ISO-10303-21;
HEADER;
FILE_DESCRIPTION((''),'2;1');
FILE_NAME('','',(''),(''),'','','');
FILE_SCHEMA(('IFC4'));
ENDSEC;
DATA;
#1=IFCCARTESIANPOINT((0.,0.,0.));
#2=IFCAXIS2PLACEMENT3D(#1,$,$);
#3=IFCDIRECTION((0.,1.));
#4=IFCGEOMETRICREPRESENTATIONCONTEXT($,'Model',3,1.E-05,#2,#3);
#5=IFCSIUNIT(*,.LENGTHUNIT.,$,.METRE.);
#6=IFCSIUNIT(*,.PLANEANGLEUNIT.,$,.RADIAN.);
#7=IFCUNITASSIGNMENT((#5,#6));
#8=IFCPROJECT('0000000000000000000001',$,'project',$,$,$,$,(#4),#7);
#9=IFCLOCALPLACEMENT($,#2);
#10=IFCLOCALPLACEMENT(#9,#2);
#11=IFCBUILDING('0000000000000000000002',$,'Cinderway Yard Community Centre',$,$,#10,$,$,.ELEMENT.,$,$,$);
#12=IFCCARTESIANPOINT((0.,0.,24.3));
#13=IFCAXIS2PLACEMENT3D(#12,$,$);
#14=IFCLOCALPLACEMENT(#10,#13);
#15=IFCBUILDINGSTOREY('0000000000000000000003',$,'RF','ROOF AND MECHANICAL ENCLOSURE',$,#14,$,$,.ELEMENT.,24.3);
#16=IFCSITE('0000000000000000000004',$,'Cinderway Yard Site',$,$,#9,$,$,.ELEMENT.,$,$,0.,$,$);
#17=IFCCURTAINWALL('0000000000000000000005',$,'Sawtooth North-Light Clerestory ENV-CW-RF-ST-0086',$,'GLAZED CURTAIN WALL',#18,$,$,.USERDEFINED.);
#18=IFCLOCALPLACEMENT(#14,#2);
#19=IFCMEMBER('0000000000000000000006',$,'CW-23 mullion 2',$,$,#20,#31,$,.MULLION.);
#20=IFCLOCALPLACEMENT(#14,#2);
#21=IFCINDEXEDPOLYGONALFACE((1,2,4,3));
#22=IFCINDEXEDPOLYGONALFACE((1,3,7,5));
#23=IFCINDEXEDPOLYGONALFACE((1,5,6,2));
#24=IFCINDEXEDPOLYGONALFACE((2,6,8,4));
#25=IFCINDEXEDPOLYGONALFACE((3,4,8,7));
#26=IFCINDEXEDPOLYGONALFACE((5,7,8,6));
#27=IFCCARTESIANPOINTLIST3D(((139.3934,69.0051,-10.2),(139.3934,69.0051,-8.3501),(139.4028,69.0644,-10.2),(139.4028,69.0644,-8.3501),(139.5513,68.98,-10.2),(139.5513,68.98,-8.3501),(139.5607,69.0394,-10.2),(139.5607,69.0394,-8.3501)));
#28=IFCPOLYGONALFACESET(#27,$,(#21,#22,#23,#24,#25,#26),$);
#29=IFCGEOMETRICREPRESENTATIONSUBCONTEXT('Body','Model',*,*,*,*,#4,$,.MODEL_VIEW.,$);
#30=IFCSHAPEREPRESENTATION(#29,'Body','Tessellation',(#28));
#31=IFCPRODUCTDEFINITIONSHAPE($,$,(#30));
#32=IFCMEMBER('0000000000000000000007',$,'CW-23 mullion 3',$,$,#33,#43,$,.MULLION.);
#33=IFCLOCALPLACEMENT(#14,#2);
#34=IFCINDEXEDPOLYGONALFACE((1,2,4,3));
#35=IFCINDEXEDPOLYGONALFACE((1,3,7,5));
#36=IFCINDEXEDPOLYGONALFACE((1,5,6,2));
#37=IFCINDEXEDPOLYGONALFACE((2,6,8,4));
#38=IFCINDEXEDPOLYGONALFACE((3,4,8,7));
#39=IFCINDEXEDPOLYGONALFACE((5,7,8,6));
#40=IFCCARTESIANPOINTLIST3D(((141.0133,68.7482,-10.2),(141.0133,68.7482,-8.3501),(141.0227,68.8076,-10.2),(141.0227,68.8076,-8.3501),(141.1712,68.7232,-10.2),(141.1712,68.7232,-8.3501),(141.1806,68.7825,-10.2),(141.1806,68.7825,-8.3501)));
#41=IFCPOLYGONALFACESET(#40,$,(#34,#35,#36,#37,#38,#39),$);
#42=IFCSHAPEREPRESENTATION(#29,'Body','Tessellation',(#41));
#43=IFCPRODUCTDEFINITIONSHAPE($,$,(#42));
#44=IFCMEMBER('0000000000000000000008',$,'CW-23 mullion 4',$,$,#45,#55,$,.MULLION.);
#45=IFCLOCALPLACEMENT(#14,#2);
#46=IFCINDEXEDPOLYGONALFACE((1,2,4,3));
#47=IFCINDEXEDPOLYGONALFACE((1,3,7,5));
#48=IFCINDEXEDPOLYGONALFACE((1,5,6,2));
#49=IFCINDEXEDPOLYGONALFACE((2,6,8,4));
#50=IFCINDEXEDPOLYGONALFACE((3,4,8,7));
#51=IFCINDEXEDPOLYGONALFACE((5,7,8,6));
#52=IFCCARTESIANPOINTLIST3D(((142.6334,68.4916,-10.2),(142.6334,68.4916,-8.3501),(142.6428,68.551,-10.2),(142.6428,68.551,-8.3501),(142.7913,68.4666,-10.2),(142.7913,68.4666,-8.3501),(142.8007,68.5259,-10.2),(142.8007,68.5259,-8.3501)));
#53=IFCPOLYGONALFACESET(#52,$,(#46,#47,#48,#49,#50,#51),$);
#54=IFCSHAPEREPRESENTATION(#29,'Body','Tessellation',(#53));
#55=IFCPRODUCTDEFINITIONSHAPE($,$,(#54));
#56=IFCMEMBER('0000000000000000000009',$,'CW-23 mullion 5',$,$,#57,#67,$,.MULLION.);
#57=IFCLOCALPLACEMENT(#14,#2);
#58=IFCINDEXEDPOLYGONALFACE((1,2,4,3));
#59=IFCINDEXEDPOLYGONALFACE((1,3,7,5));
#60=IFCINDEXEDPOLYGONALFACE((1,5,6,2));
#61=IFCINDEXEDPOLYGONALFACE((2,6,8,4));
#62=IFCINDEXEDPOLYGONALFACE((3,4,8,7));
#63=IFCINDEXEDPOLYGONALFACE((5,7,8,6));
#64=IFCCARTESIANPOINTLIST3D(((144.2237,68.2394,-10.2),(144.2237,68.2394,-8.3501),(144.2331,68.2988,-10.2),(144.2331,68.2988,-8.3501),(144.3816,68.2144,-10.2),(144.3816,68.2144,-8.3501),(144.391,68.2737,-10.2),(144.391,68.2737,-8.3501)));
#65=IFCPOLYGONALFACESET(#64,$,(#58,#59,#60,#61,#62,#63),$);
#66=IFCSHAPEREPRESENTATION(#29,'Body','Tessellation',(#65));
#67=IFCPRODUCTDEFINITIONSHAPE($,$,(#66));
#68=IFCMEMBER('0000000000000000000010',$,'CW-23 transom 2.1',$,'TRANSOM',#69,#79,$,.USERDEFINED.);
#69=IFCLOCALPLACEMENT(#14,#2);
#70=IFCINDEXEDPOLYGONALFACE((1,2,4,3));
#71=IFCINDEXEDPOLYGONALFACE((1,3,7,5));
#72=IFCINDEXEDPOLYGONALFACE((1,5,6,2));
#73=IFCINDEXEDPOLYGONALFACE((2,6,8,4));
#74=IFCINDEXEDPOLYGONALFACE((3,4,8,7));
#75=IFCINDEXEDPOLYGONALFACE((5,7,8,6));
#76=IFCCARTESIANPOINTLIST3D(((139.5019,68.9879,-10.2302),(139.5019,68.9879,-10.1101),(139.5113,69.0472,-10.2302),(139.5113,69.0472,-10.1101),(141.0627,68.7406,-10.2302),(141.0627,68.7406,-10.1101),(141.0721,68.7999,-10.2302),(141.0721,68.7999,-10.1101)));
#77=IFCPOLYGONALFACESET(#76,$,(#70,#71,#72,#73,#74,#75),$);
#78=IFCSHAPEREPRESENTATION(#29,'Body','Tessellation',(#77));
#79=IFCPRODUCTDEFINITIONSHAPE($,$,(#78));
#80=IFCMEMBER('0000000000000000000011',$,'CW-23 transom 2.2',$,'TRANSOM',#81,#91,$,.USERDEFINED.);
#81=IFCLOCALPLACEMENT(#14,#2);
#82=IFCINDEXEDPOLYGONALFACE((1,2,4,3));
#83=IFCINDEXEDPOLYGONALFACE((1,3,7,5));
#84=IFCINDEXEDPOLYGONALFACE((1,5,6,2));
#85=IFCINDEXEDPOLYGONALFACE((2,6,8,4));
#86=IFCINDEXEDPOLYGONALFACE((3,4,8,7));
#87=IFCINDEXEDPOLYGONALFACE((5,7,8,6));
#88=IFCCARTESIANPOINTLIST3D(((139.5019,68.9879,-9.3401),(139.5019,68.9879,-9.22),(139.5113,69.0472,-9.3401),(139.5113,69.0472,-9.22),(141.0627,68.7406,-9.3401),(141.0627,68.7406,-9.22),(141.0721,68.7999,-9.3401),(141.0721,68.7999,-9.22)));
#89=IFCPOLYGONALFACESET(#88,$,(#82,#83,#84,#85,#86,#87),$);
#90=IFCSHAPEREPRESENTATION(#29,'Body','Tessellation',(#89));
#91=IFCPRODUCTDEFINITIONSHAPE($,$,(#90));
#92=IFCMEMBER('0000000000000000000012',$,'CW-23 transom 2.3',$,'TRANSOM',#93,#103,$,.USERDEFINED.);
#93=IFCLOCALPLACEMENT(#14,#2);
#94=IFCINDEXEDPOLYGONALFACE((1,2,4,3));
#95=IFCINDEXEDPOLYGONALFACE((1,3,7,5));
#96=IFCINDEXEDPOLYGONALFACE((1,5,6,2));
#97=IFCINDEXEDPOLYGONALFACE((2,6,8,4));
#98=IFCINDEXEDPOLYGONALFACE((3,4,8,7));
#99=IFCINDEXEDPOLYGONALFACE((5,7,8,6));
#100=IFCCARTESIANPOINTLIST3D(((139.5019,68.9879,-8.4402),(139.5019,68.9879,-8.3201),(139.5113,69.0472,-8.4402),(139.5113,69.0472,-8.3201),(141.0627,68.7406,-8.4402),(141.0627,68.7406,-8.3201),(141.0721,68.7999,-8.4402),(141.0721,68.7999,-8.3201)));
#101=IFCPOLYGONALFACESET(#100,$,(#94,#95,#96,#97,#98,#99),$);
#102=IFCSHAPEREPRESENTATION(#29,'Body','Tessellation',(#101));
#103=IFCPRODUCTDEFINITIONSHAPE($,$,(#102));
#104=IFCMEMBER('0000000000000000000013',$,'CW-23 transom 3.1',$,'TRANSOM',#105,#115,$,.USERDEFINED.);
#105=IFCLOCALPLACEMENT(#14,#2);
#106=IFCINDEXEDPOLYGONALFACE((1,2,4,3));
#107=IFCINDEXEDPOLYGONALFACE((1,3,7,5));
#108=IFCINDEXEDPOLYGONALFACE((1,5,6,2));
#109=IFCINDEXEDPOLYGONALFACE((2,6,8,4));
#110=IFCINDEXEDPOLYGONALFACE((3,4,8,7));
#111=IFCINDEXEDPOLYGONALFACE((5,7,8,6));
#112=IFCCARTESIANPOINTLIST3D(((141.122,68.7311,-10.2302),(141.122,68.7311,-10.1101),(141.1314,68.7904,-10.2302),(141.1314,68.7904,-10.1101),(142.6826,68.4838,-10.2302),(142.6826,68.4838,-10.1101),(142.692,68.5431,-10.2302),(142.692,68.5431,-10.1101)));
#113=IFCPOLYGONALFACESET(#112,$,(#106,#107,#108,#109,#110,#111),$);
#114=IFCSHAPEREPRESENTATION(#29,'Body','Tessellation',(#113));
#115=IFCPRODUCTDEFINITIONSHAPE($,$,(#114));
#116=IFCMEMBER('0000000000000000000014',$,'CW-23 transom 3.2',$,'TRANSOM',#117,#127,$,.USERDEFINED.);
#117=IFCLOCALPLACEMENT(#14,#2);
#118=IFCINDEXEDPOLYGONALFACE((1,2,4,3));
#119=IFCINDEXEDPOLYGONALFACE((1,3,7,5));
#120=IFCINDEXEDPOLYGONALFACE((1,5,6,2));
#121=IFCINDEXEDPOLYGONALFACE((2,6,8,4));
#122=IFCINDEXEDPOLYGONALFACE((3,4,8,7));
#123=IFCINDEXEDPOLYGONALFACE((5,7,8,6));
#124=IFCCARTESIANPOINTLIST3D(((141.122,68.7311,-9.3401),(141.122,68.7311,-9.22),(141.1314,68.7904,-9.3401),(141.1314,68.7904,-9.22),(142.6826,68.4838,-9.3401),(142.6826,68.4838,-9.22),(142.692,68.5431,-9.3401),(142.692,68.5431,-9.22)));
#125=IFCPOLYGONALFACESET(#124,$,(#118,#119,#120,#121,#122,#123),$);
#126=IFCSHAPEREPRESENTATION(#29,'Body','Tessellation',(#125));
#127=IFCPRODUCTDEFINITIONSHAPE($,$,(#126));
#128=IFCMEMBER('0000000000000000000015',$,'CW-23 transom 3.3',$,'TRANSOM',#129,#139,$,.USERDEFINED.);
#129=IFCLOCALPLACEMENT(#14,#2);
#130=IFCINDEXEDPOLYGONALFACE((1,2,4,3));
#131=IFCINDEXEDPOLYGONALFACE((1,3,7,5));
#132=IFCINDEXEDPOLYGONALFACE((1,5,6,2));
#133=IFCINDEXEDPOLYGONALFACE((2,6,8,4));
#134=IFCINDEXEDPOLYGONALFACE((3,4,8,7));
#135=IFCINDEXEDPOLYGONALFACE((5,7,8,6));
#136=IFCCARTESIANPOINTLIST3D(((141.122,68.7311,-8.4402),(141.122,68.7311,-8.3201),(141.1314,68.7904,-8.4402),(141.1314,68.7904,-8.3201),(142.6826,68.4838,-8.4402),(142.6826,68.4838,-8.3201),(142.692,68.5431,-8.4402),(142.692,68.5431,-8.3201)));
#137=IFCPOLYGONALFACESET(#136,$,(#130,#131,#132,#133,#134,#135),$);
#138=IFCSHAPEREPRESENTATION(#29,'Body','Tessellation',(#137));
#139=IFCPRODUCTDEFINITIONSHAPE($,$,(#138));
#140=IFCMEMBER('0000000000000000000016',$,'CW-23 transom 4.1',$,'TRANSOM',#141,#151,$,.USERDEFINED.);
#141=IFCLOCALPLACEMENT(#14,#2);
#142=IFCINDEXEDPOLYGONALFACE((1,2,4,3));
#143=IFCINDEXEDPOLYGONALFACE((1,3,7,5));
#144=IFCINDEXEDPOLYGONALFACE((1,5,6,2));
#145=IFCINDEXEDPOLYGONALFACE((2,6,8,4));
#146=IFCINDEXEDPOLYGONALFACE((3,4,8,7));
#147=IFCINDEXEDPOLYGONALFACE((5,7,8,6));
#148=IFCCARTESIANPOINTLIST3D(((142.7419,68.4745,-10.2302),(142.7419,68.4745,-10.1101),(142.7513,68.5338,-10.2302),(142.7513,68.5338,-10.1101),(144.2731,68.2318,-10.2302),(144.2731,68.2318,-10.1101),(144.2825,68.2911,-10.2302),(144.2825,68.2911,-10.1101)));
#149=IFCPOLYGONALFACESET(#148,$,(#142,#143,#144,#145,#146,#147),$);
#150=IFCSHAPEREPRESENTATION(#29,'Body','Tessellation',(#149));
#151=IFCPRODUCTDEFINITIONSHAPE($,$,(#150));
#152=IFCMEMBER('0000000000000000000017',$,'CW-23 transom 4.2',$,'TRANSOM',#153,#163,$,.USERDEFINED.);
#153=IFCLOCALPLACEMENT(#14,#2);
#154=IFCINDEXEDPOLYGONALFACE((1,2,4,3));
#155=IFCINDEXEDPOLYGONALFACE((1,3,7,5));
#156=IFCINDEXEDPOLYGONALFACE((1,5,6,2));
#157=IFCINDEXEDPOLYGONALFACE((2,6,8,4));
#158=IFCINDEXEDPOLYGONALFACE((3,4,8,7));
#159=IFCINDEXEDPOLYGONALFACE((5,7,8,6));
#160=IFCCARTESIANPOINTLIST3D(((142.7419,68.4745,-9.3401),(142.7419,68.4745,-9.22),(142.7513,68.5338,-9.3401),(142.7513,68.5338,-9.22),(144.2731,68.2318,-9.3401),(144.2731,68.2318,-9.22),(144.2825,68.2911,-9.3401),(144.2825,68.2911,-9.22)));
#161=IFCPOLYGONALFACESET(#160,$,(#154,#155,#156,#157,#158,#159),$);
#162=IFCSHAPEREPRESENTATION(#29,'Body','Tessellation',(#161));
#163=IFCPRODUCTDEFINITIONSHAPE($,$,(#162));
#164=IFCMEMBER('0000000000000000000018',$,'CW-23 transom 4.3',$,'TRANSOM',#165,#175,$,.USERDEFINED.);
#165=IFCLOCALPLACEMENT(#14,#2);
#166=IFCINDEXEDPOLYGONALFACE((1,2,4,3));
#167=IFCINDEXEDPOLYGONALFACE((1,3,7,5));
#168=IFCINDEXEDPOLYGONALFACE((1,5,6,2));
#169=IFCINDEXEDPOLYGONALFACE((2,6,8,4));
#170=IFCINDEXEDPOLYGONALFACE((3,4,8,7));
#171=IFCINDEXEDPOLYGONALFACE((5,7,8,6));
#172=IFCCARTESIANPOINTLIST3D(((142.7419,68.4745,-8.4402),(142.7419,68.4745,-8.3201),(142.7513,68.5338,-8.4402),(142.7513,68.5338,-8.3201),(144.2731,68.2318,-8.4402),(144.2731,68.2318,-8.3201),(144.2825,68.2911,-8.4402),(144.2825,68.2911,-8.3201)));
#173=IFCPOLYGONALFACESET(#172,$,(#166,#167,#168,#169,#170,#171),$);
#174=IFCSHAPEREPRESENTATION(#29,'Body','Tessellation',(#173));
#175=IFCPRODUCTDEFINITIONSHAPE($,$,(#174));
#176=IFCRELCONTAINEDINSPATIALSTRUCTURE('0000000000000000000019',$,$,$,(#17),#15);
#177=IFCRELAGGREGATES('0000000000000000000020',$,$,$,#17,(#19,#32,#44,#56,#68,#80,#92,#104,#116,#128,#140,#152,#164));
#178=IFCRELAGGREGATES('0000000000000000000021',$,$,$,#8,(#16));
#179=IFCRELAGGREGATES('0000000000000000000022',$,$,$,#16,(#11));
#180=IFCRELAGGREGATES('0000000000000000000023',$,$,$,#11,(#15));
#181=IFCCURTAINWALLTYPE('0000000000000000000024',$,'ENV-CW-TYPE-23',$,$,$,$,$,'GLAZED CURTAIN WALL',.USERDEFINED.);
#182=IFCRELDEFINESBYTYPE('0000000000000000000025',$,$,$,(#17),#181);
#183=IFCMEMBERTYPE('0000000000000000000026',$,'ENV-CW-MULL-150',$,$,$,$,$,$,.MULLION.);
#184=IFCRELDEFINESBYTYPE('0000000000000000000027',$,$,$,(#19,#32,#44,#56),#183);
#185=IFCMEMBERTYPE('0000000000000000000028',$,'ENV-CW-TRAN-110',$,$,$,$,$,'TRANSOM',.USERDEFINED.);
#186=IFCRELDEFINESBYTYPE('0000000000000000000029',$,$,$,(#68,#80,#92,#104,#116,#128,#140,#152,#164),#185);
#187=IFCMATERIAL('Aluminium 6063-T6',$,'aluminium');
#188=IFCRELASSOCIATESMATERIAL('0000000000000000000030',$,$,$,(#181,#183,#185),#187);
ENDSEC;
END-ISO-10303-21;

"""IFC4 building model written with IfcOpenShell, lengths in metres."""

from ifc_helpers import new_model, si_unit, direction, frame, origin, origin_2d, place, context, subcontext, project, spatial, rectangle, extrude, material, material_profile, profile_set, type_object, element, aggregate, save


model = new_model("IFC4")

# Units and contexts
model_context = context("Model", 3, precision=1e-05, world=origin(), true_north=direction((0.0, 1.0)))
body_context = subcontext(model_context, "Body", "Model", "MODEL_VIEW")
ifc_project = project(units=[si_unit("LENGTHUNIT", "METRE"), si_unit("PLANEANGLEUNIT", "RADIAN")], contexts=[model_context])

# Site, building, storey
site_placement = place(None, origin())
site = spatial("IfcSite", under=ifc_project, at=site_placement, Name="Cinderway Yard Site", CompositionType="ELEMENT", RefElevation=0.0)
building_placement = place(site_placement, origin())
building = spatial("IfcBuilding", under=site, at=building_placement, Name="Cinderway Yard Community Centre", CompositionType="ELEMENT")
storey_placement = place(building_placement, frame((0.0, 0.0, 24.3)))
storey = spatial("IfcBuildingStorey", under=building, at=storey_placement, Name="RF", Description="ROOF AND MECHANICAL ENCLOSURE", CompositionType="ELEMENT", Elevation=24.3)

# Curtain wall, members
ifc_material_1 = material(Name="Aluminium 6063-T6", Category="aluminium")
curtain_wall_type = type_object("IfcCurtainWallType", Name="ENV-CW-TYPE-23", ElementType="GLAZED CURTAIN WALL", PredefinedType="USERDEFINED", material=ifc_material_1)
curtain_wall_placement = place(storey_placement, origin())
curtain_wall = element("IfcCurtainWall", 1, at=curtain_wall_placement, inside=storey, type_object=curtain_wall_type, Name="Sawtooth North-Light Clerestory ENV-CW-RF-ST-0086", ObjectType="GLAZED CURTAIN WALL", PredefinedType="USERDEFINED")
ifc_material_profile_1 = material_profile(ifc_material_1, rectangle(XDim=0.0601, YDim=0.1599, at=origin_2d()), Name="Aluminium 6063-T6")
ifc_profile_set_1 = profile_set([ifc_material_profile_1], Name="Aluminium 6063-T6")
member_type_1 = type_object("IfcMemberType", Name="ENV-CW-MULL-150", PredefinedType="MULLION", material=ifc_profile_set_1)
member_1_placement = place(storey_placement, frame((139.4771, 69.0222, -10.2), z_axis=(0.0, 0.0, 1.0), x_axis=(0.156534, 0.987673, 0.0)))
member_1 = element("IfcMember", 2, at=member_1_placement, type_object=member_type_1, Name="CW-23 mullion 2", PredefinedType="MULLION", context=body_context, shape_type="SweptSolid", body=[
    extrude(rectangle(XDim=0.0601, YDim=0.1599, at=origin_2d()), origin(), (0.0, 0.0, 1.0), 1.8499),
])
member_2_placement = place(storey_placement, frame((141.0969, 68.7654, -10.2), z_axis=(0.0, 0.0, 1.0), x_axis=(0.156534, 0.987673, 0.0)))
member_2 = element("IfcMember", 3, at=member_2_placement, type_object=member_type_1, Name="CW-23 mullion 3", PredefinedType="MULLION", context=body_context, shape_type="SweptSolid", body=[
    extrude(rectangle(XDim=0.0601, YDim=0.1599, at=origin_2d()), origin(), (0.0, 0.0, 1.0), 1.8499),
])
member_3_placement = place(storey_placement, frame((142.717, 68.5088, -10.2), z_axis=(0.0, 0.0, 1.0), x_axis=(0.156534, 0.987673, 0.0)))
member_3 = element("IfcMember", 4, at=member_3_placement, type_object=member_type_1, Name="CW-23 mullion 4", PredefinedType="MULLION", context=body_context, shape_type="SweptSolid", body=[
    extrude(rectangle(XDim=0.0601, YDim=0.1599, at=origin_2d()), origin(), (0.0, 0.0, 1.0), 1.8499),
])
member_4_placement = place(storey_placement, frame((144.3074, 68.2566, -10.2), z_axis=(0.0, 0.0, 1.0), x_axis=(0.156534, 0.987673, 0.0)))
member_4 = element("IfcMember", 5, at=member_4_placement, type_object=member_type_1, Name="CW-23 mullion 5", PredefinedType="MULLION", context=body_context, shape_type="SweptSolid", body=[
    extrude(rectangle(XDim=0.0601, YDim=0.1599, at=origin_2d()), origin(), (0.0, 0.0, 1.0), 1.8499),
])
ifc_material_profile_2 = material_profile(ifc_material_1, rectangle(XDim=0.0601, YDim=0.1201, at=origin_2d()), Name="Aluminium 6063-T6")
ifc_profile_set_2 = profile_set([ifc_material_profile_2], Name="Aluminium 6063-T6")
member_type_2 = type_object("IfcMemberType", Name="ENV-CW-TRAN-110", ElementType="TRANSOM", PredefinedType="USERDEFINED", material=ifc_profile_set_2)
member_5_placement = place(storey_placement, frame((139.5066, 69.0176, -10.1702), z_axis=(0.987678, -0.156502, 0.0), x_axis=(0.156502, 0.987678, 0.0)))
member_5 = element("IfcMember", 6, at=member_5_placement, type_object=member_type_2, Name="CW-23 transom 2.1", ObjectType="TRANSOM", PredefinedType="USERDEFINED", context=body_context, shape_type="SweptSolid", body=[
    extrude(rectangle(XDim=0.0601, YDim=0.1201, at=origin_2d()), origin(), (0.0, 0.0, 1.0), 1.5803),
])
member_6_placement = place(storey_placement, frame((139.5066, 69.0176, -9.28), z_axis=(0.987678, -0.156502, 0.0), x_axis=(0.156502, 0.987678, 0.0)))
member_6 = element("IfcMember", 7, at=member_6_placement, type_object=member_type_2, Name="CW-23 transom 2.2", ObjectType="TRANSOM", PredefinedType="USERDEFINED", context=body_context, shape_type="SweptSolid", body=[
    extrude(rectangle(XDim=0.0601, YDim=0.1201, at=origin_2d()), origin(), (0.0, 0.0, 1.0), 1.5803),
])
member_7_placement = place(storey_placement, frame((139.5066, 69.0176, -8.3801), z_axis=(0.987678, -0.156502, 0.0), x_axis=(0.156502, 0.987678, 0.0)))
member_7 = element("IfcMember", 8, at=member_7_placement, type_object=member_type_2, Name="CW-23 transom 2.3", ObjectType="TRANSOM", PredefinedType="USERDEFINED", context=body_context, shape_type="SweptSolid", body=[
    extrude(rectangle(XDim=0.0601, YDim=0.1201, at=origin_2d()), origin(), (0.0, 0.0, 1.0), 1.5803),
])
member_8_placement = place(storey_placement, frame((141.1267, 68.7607, -10.1702), z_axis=(0.987674, -0.156526, 0.0), x_axis=(0.156526, 0.987674, 0.0)))
member_8 = element("IfcMember", 9, at=member_8_placement, type_object=member_type_2, Name="CW-23 transom 3.1", ObjectType="TRANSOM", PredefinedType="USERDEFINED", context=body_context, shape_type="SweptSolid", body=[
    extrude(rectangle(XDim=0.0601, YDim=0.1201, at=origin_2d()), origin(), (0.0, 0.0, 1.0), 1.5801),
])
member_9_placement = place(storey_placement, frame((141.1267, 68.7607, -9.28), z_axis=(0.987674, -0.156526, 0.0), x_axis=(0.156526, 0.987674, 0.0)))
member_9 = element("IfcMember", 10, at=member_9_placement, type_object=member_type_2, Name="CW-23 transom 3.2", ObjectType="TRANSOM", PredefinedType="USERDEFINED", context=body_context, shape_type="SweptSolid", body=[
    extrude(rectangle(XDim=0.0601, YDim=0.1201, at=origin_2d()), origin(), (0.0, 0.0, 1.0), 1.5801),
])
member_10_placement = place(storey_placement, frame((141.1267, 68.7607, -8.3801), z_axis=(0.987674, -0.156526, 0.0), x_axis=(0.156526, 0.987674, 0.0)))
member_10 = element("IfcMember", 11, at=member_10_placement, type_object=member_type_2, Name="CW-23 transom 3.3", ObjectType="TRANSOM", PredefinedType="USERDEFINED", context=body_context, shape_type="SweptSolid", body=[
    extrude(rectangle(XDim=0.0601, YDim=0.1201, at=origin_2d()), origin(), (0.0, 0.0, 1.0), 1.5801),
])
member_11_placement = place(storey_placement, frame((142.7466, 68.5042, -10.1702), z_axis=(0.987673, -0.156529, 0.0), x_axis=(0.156529, 0.987673, 0.0)))
member_11 = element("IfcMember", 12, at=member_11_placement, type_object=member_type_2, Name="CW-23 transom 4.1", ObjectType="TRANSOM", PredefinedType="USERDEFINED", context=body_context, shape_type="SweptSolid", body=[
    extrude(rectangle(XDim=0.0601, YDim=0.1201, at=origin_2d()), origin(), (0.0, 0.0, 1.0), 1.5503),
])
member_12_placement = place(storey_placement, frame((142.7466, 68.5042, -9.28), z_axis=(0.987673, -0.156529, 0.0), x_axis=(0.156529, 0.987673, 0.0)))
member_12 = element("IfcMember", 13, at=member_12_placement, type_object=member_type_2, Name="CW-23 transom 4.2", ObjectType="TRANSOM", PredefinedType="USERDEFINED", context=body_context, shape_type="SweptSolid", body=[
    extrude(rectangle(XDim=0.0601, YDim=0.1201, at=origin_2d()), origin(), (0.0, 0.0, 1.0), 1.5503),
])
member_13_placement = place(storey_placement, frame((142.7466, 68.5042, -8.3801), z_axis=(0.987673, -0.156529, 0.0), x_axis=(0.156529, 0.987673, 0.0)))
member_13 = element("IfcMember", 14, at=member_13_placement, type_object=member_type_2, Name="CW-23 transom 4.3", ObjectType="TRANSOM", PredefinedType="USERDEFINED", context=body_context, shape_type="SweptSolid", body=[
    extrude(rectangle(XDim=0.0601, YDim=0.1201, at=origin_2d()), origin(), (0.0, 0.0, 1.0), 1.5503),
])

aggregate(curtain_wall, [member_1, member_2, member_3, member_4, member_5, member_6, member_7, member_8, member_9, member_10, member_11, member_12, member_13])

save(model, "model.ifc")
